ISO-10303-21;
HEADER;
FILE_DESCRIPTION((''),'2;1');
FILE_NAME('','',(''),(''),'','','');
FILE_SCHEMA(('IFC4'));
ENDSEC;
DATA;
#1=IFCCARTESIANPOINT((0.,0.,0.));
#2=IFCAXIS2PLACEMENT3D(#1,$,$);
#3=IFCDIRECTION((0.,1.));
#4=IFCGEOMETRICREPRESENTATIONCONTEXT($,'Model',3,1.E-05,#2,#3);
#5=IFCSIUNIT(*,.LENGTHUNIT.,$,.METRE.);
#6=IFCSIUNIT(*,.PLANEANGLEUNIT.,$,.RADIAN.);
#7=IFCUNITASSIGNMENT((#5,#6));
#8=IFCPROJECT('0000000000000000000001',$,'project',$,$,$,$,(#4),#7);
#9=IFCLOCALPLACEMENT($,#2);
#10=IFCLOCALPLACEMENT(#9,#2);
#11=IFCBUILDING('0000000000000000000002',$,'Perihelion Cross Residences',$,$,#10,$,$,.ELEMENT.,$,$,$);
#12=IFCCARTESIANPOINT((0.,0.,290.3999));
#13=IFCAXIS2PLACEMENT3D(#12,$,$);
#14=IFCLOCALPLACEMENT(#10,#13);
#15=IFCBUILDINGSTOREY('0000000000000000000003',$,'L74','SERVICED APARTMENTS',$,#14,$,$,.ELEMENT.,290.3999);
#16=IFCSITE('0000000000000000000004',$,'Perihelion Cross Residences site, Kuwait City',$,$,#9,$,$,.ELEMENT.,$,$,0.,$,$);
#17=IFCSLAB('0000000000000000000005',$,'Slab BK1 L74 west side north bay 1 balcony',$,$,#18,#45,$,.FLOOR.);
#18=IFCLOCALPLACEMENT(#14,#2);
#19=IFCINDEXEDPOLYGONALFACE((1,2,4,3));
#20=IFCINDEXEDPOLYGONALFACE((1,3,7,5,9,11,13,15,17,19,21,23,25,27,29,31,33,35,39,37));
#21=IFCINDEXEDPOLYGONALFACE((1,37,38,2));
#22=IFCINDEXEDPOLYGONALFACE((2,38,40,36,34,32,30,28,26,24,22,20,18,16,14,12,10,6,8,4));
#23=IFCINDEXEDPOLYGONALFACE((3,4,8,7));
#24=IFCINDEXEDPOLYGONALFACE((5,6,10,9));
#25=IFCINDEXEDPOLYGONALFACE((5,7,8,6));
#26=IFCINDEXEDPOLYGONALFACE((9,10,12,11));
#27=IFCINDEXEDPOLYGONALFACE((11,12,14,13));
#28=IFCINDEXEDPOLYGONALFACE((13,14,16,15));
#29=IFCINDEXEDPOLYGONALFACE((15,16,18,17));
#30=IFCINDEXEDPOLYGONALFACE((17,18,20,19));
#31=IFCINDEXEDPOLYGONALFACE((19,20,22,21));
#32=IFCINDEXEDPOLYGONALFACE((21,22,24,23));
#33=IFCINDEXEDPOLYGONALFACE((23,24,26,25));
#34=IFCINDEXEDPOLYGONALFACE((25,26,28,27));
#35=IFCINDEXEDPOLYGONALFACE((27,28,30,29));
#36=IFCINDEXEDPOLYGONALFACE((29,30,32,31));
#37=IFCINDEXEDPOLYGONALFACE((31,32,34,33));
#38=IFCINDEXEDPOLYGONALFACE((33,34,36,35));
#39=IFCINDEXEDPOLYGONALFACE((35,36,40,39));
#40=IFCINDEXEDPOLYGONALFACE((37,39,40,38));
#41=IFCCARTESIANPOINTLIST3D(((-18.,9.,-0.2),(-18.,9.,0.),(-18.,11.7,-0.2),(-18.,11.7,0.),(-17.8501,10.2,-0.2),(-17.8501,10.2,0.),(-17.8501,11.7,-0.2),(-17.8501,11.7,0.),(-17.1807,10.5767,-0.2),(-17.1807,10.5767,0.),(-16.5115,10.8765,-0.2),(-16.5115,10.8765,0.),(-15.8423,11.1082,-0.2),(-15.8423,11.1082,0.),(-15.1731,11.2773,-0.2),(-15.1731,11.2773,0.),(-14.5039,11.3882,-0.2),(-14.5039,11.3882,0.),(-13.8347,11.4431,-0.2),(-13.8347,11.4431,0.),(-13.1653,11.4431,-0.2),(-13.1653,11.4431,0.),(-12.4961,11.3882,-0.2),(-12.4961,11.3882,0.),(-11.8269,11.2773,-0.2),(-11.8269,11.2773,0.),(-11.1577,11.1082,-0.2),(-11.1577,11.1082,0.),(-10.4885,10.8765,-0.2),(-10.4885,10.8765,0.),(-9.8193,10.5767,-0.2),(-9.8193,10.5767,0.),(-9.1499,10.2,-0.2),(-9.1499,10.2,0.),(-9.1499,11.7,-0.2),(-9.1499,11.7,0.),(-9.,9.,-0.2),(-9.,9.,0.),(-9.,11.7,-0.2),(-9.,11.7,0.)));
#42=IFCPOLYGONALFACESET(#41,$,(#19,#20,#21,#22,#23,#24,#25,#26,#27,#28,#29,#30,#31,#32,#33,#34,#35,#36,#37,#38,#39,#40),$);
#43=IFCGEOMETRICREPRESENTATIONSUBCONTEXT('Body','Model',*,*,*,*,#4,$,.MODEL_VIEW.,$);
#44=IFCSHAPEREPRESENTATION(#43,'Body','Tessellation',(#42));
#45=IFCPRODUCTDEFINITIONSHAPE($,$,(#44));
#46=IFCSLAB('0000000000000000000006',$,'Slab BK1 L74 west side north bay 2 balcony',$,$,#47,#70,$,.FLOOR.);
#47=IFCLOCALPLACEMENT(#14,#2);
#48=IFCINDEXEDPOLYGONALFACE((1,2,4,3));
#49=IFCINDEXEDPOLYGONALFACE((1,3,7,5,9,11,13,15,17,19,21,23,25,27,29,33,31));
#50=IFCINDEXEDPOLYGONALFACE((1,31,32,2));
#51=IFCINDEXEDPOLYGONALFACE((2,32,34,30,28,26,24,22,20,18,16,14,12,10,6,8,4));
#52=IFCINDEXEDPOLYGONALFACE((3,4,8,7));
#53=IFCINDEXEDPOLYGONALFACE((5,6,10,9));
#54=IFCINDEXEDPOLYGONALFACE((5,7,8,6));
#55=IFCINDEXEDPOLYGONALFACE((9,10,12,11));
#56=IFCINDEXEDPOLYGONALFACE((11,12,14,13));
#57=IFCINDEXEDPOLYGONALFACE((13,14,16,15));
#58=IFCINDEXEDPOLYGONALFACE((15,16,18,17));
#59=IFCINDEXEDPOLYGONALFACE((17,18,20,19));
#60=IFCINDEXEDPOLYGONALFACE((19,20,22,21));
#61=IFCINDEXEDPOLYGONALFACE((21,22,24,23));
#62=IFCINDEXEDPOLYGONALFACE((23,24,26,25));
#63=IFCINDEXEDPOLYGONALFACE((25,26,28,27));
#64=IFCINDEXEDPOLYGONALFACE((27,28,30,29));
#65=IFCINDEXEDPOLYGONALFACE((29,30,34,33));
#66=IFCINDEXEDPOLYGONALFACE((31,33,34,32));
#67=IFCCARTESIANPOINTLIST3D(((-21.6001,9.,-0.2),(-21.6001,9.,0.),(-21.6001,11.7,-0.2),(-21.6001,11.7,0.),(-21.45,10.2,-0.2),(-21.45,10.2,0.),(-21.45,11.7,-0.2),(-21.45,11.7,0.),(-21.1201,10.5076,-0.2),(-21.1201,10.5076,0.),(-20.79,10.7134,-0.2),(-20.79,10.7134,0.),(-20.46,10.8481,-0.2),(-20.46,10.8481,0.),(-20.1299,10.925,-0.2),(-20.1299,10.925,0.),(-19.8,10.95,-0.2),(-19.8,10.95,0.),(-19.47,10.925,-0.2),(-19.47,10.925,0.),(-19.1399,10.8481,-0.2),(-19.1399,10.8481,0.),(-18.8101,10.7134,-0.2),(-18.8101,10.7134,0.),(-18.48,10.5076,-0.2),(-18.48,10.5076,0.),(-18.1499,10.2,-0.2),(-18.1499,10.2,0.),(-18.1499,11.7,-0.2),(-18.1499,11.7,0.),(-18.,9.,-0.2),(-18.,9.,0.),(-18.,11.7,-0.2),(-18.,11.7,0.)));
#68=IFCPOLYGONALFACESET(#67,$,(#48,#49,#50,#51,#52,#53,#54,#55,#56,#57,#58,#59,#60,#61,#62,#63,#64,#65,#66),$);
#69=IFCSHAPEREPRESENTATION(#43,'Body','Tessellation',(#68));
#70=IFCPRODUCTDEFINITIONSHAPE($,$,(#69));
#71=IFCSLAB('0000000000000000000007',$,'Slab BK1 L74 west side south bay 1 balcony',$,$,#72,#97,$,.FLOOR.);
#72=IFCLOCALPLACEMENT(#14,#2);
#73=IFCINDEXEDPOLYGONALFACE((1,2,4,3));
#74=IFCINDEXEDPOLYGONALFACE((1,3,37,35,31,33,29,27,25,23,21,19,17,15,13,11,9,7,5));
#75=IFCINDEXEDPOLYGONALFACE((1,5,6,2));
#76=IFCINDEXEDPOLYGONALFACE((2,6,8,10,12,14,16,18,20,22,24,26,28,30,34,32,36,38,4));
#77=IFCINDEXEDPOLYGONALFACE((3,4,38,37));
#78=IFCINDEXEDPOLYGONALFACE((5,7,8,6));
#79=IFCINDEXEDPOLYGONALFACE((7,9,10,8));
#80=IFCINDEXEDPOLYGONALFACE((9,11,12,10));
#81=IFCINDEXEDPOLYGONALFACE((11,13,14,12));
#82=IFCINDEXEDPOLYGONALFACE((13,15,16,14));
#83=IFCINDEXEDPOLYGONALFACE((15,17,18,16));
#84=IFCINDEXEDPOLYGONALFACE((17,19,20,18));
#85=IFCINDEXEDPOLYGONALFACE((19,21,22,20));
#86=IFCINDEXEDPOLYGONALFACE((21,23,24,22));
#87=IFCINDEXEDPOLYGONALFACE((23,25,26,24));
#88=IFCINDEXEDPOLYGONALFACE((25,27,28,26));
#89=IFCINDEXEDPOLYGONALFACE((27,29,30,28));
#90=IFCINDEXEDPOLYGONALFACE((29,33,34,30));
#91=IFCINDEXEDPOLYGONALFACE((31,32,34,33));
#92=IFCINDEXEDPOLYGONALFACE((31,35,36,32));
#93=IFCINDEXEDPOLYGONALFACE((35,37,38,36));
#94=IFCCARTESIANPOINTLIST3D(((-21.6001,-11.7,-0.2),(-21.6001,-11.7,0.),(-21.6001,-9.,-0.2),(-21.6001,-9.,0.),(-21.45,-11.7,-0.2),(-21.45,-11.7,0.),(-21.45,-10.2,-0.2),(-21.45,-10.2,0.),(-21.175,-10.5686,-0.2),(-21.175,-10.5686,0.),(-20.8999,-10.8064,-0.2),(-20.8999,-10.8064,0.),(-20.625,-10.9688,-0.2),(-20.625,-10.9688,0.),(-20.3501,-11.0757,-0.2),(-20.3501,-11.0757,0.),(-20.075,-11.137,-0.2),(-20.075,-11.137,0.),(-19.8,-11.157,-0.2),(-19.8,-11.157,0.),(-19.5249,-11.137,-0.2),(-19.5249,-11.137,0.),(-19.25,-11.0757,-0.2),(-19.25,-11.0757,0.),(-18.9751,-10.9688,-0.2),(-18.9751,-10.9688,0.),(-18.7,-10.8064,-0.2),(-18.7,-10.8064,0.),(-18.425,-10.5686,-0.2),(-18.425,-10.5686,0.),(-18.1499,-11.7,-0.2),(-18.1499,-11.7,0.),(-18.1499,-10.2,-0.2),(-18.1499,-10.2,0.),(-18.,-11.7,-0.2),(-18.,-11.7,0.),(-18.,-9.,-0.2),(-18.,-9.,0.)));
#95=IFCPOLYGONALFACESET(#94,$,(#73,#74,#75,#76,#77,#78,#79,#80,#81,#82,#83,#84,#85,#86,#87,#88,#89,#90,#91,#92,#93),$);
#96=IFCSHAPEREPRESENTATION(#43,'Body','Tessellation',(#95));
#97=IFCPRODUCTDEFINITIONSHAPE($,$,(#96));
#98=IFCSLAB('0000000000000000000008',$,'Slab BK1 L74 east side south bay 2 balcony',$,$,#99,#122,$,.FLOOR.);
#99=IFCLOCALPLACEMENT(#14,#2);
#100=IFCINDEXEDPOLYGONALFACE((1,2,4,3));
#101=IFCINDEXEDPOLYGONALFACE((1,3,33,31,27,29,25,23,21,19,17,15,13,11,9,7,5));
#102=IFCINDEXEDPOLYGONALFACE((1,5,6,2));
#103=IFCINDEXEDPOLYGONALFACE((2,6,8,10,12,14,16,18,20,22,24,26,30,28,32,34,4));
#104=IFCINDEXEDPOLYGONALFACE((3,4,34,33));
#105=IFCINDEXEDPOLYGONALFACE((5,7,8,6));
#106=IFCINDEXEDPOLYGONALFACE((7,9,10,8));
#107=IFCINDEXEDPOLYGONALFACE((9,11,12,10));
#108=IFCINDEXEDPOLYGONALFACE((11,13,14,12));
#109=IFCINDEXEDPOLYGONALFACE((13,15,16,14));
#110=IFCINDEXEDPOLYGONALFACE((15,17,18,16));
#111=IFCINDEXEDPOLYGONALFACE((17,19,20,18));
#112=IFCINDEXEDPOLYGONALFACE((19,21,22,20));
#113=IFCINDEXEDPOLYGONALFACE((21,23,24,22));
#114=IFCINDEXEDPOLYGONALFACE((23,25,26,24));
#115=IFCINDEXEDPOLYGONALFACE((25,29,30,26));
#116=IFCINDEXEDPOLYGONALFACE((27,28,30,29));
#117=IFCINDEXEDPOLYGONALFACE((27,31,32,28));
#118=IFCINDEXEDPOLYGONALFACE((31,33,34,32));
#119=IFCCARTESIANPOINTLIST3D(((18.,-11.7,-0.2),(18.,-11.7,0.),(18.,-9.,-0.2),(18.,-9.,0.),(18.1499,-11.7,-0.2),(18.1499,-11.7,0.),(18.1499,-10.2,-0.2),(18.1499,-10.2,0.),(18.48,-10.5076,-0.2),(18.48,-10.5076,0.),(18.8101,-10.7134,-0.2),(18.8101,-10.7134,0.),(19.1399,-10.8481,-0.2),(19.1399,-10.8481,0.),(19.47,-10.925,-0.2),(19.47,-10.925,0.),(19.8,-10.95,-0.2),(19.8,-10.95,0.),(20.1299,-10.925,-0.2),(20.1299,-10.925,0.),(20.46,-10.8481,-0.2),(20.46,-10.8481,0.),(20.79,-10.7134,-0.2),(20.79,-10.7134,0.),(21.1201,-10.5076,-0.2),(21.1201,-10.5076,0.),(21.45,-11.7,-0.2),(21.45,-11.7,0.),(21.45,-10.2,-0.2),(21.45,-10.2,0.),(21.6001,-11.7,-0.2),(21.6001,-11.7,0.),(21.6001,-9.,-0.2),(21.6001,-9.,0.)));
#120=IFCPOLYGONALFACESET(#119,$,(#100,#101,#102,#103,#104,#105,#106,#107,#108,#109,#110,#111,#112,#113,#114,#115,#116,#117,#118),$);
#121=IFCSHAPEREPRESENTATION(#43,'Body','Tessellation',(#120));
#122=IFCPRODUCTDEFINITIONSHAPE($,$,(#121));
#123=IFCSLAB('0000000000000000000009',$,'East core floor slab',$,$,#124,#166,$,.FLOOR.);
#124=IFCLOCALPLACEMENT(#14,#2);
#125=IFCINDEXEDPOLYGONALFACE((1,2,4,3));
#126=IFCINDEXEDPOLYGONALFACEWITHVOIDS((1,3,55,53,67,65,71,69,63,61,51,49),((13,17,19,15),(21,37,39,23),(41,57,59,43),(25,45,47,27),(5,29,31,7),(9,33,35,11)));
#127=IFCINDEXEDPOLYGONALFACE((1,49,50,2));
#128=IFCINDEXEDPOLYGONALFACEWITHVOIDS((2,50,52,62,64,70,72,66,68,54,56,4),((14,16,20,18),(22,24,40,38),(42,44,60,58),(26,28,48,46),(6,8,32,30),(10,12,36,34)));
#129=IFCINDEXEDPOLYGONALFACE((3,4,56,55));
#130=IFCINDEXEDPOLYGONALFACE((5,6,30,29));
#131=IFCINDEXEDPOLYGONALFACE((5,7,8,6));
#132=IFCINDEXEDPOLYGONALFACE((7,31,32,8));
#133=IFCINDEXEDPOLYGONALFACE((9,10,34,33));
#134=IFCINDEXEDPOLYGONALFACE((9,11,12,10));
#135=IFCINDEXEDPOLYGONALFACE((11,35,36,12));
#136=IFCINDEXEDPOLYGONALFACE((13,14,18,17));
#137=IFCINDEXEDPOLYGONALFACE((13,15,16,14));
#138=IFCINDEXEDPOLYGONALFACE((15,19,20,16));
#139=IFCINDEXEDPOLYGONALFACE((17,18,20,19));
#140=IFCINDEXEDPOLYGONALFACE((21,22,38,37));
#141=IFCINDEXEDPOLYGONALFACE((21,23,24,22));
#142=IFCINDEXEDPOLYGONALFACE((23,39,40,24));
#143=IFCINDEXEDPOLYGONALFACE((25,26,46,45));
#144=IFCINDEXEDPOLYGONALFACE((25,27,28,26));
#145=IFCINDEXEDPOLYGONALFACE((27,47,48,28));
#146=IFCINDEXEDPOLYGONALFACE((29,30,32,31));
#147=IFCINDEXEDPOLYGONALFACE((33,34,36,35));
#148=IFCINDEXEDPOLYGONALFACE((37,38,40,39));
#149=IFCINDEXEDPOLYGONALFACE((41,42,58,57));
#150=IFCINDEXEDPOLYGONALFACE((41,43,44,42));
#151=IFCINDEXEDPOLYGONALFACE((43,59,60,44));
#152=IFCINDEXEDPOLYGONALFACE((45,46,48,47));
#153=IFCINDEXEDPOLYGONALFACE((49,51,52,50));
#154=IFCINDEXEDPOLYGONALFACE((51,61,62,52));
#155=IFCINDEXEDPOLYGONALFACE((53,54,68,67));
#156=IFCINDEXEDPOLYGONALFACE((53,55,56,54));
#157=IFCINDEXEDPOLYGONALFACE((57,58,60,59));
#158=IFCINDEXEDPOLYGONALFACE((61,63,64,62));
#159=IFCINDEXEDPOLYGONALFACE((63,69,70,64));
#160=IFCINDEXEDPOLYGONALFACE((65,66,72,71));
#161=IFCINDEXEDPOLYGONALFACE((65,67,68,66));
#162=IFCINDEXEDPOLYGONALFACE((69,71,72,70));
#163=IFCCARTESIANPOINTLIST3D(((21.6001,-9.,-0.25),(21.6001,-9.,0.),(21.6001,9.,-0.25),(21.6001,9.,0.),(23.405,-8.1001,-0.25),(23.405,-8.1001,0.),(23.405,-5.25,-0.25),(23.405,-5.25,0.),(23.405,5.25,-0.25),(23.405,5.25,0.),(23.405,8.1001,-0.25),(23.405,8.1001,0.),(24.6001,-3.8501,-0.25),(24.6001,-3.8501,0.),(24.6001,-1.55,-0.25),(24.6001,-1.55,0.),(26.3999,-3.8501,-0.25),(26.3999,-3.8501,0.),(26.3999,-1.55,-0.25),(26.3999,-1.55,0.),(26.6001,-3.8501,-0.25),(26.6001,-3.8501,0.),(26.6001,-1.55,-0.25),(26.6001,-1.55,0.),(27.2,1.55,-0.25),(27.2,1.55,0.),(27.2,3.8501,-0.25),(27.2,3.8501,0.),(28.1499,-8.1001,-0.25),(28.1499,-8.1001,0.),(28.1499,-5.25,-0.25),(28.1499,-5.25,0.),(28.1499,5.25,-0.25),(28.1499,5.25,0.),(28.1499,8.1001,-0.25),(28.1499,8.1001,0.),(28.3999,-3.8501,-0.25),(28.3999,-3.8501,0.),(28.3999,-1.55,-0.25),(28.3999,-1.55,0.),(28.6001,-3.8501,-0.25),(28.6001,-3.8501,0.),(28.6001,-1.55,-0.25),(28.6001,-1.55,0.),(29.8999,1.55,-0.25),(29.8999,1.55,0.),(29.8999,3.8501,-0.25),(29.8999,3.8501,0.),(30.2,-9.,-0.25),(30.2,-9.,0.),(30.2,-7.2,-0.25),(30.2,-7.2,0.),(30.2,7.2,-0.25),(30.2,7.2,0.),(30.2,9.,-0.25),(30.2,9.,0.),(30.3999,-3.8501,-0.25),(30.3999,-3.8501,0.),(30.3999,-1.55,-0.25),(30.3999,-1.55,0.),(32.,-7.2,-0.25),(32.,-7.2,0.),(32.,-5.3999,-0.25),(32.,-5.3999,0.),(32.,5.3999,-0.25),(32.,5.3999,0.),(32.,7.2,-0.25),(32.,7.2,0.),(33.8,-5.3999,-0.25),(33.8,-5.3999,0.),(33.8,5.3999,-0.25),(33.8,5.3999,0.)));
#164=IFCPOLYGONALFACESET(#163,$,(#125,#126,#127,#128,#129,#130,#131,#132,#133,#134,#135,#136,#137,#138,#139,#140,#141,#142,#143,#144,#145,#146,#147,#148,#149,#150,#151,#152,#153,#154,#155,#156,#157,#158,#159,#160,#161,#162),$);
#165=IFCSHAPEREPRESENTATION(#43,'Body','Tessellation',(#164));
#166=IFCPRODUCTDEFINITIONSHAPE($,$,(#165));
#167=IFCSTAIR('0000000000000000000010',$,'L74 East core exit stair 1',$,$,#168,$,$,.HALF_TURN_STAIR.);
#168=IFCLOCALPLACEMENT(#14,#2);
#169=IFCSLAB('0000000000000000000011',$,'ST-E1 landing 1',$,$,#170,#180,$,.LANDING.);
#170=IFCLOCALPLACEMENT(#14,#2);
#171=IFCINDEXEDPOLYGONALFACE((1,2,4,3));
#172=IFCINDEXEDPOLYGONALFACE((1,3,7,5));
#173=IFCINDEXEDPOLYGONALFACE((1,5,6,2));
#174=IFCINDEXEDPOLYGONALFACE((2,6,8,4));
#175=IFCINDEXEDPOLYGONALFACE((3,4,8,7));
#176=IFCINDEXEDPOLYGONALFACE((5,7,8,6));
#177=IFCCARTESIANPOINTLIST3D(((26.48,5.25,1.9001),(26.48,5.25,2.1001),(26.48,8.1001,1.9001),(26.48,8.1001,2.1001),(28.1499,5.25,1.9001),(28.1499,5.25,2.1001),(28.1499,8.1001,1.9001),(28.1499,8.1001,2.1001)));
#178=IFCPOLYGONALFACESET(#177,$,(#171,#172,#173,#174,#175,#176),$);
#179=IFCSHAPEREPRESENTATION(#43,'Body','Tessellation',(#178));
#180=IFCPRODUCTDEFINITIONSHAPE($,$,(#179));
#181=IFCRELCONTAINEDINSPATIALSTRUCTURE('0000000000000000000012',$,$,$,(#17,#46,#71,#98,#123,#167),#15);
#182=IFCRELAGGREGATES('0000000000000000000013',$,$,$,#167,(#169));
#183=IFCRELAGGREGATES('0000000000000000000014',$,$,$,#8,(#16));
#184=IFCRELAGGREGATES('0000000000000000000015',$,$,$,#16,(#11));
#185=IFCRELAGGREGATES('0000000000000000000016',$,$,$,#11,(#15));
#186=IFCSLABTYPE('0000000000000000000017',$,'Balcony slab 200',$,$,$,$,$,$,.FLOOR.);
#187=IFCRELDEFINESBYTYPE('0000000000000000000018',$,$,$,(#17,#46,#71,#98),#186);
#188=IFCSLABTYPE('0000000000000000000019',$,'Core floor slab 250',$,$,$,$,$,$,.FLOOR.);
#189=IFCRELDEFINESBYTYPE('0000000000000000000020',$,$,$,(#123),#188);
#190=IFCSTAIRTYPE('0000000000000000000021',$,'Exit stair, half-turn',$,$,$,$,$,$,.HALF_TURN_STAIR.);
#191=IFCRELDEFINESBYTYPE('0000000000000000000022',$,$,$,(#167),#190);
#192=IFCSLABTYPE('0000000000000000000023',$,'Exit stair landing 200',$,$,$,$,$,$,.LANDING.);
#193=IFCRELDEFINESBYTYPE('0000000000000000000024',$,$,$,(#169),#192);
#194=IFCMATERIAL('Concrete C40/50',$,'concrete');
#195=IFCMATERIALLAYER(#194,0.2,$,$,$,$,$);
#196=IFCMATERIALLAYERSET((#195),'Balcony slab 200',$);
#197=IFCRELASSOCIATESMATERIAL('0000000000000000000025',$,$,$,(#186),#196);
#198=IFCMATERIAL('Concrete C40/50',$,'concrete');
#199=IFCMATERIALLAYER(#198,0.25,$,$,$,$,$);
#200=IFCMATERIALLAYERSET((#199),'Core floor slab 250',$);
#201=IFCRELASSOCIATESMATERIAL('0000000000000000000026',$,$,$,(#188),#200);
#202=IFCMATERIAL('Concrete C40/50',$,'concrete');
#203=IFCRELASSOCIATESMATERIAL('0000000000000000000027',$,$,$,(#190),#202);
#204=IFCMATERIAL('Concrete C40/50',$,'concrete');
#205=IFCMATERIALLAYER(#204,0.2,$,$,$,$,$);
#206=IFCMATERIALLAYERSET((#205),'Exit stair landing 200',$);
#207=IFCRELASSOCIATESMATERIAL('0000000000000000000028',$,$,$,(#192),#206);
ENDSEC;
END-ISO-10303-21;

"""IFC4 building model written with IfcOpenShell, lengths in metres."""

from ifc_helpers import new_model, si_unit, direction, frame, origin, place, context, subcontext, project, spatial, polyline, outline, extrude, material, layer, layer_set, type_object, element, aggregate, save


model = new_model("IFC4")

# Units and contexts
model_context = context("Model", 3, precision=1e-05, world=origin(), true_north=direction((0.0, 1.0)))
body_context = subcontext(model_context, "Body", "Model", "MODEL_VIEW")
ifc_project = project(units=[si_unit("LENGTHUNIT", "METRE"), si_unit("PLANEANGLEUNIT", "RADIAN")], contexts=[model_context])

# Site, building, storey
site_placement = place(None, origin())
site = spatial("IfcSite", under=ifc_project, at=site_placement, Name="Perihelion Cross Residences site, Kuwait City", CompositionType="ELEMENT", RefElevation=0.0)
building_placement = place(site_placement, origin())
building = spatial("IfcBuilding", under=site, at=building_placement, Name="Perihelion Cross Residences", CompositionType="ELEMENT")
storey_placement = place(building_placement, frame((0.0, 0.0, 290.3999)))
storey = spatial("IfcBuildingStorey", under=building, at=storey_placement, Name="L74", Description="SERVICED APARTMENTS", CompositionType="ELEMENT", Elevation=290.3999)

# Slabs
ifc_material_1 = material(Name="Concrete C40/50", Category="concrete")
ifc_layer_1 = layer(ifc_material_1, 0.2)
ifc_layer_set_1 = layer_set([ifc_layer_1], Name="Balcony slab 200")
slab_type_1 = type_object("IfcSlabType", Name="Balcony slab 200", PredefinedType="FLOOR", material=ifc_layer_set_1)
slab_1_placement = place(storey_placement, frame((0.0, 0.0, -0.2)))
element("IfcSlab", 1, at=slab_1_placement, inside=storey, type_object=slab_type_1, Name="Slab BK1 L74 west side north bay 1 balcony", PredefinedType="FLOOR", context=body_context, shape_type="SweptSolid", body=[
    extrude(outline(polyline([(-9.0, 9.0), (-18.0, 9.0), (-18.0, 11.7), (-17.8501, 11.7), (-17.8501, 10.2), (-17.1807, 10.5767), (-16.5115, 10.8765), (-15.8423, 11.1082), (-15.1731, 11.2773), (-14.5039, 11.3882), (-13.8347, 11.4431), (-13.1653, 11.4431), (-12.4961, 11.3882), (-11.8269, 11.2773), (-11.1577, 11.1082), (-10.4885, 10.8765), (-9.8193, 10.5767), (-9.1499, 10.2), (-9.1499, 11.7), (-9.0, 11.7), (-9.0, 9.0)])), origin(), (0.0, 0.0, 1.0), 0.2),
])
slab_2_placement = place(storey_placement, frame((0.0, 0.0, -0.2)))
element("IfcSlab", 2, at=slab_2_placement, inside=storey, type_object=slab_type_1, Name="Slab BK1 L74 west side north bay 2 balcony", PredefinedType="FLOOR", context=body_context, shape_type="SweptSolid", body=[
    extrude(outline(polyline([(-18.0, 9.0), (-21.6001, 9.0), (-21.6001, 11.7), (-21.45, 11.7), (-21.45, 10.2), (-21.1201, 10.5076), (-20.79, 10.7134), (-20.46, 10.8481), (-20.1299, 10.925), (-19.8, 10.95), (-19.47, 10.925), (-19.1399, 10.8481), (-18.8101, 10.7134), (-18.48, 10.5076), (-18.1499, 10.2), (-18.1499, 11.7), (-18.0, 11.7), (-18.0, 9.0)])), origin(), (0.0, 0.0, 1.0), 0.2),
])
slab_3_placement = place(storey_placement, frame((0.0, 0.0, -0.2)))
element("IfcSlab", 3, at=slab_3_placement, inside=storey, type_object=slab_type_1, Name="Slab BK1 L74 west side south bay 1 balcony", PredefinedType="FLOOR", context=body_context, shape_type="SweptSolid", body=[
    extrude(outline(polyline([(-21.6001, -9.0), (-18.0, -9.0), (-18.0, -11.7), (-18.1499, -11.7), (-18.1499, -10.2), (-18.425, -10.5686), (-18.7, -10.8064), (-18.9751, -10.9688), (-19.25, -11.0757), (-19.5249, -11.137), (-19.8, -11.157), (-20.075, -11.137), (-20.3501, -11.0757), (-20.625, -10.9688), (-20.8999, -10.8064), (-21.175, -10.5686), (-21.45, -10.2), (-21.45, -11.7), (-21.6001, -11.7), (-21.6001, -9.0)])), origin(), (0.0, 0.0, 1.0), 0.2),
])
slab_4_placement = place(storey_placement, frame((0.0, 0.0, -0.2)))
element("IfcSlab", 4, at=slab_4_placement, inside=storey, type_object=slab_type_1, Name="Slab BK1 L74 east side south bay 2 balcony", PredefinedType="FLOOR", context=body_context, shape_type="SweptSolid", body=[
    extrude(outline(polyline([(18.0, -9.0), (21.6001, -9.0), (21.6001, -11.7), (21.45, -11.7), (21.45, -10.2), (21.1201, -10.5076), (20.79, -10.7134), (20.46, -10.8481), (20.1299, -10.925), (19.8, -10.95), (19.47, -10.925), (19.1399, -10.8481), (18.8101, -10.7134), (18.48, -10.5076), (18.1499, -10.2), (18.1499, -11.7), (18.0, -11.7), (18.0, -9.0)])), origin(), (0.0, 0.0, 1.0), 0.2),
])
ifc_material_2 = material(Name="Concrete C40/50", Category="concrete")
ifc_layer_2 = layer(ifc_material_2, 0.25)
ifc_layer_set_2 = layer_set([ifc_layer_2], Name="Core floor slab 250")
slab_type_2 = type_object("IfcSlabType", Name="Core floor slab 250", PredefinedType="FLOOR", material=ifc_layer_set_2)
slab_5_placement = place(storey_placement, frame((0.0, 0.0, -0.25)))
element("IfcSlab", 5, at=slab_5_placement, inside=storey, type_object=slab_type_2, Name="East core floor slab", PredefinedType="FLOOR", context=body_context, shape_type="SweptSolid", body=[
    extrude(outline(polyline([(30.2, 7.2), (32.0, 7.2), (32.0, 5.3999), (33.8, 5.3999), (33.8, -5.3999), (32.0, -5.3999), (32.0, -7.2), (30.2, -7.2), (30.2, -9.0), (21.6001, -9.0), (21.6001, 9.0), (30.2, 9.0), (30.2, 7.2)]), holes=[polyline([(28.1499, -8.1001), (28.1499, -5.25), (23.405, -5.25), (23.405, -8.1001), (28.1499, -8.1001)]), polyline([(24.6001, -1.55), (24.6001, -3.8501), (26.3999, -3.8501), (26.3999, -1.55), (24.6001, -1.55)]), polyline([(26.6001, -1.55), (26.6001, -3.8501), (28.3999, -3.8501), (28.3999, -1.55), (26.6001, -1.55)]), polyline([(28.6001, -3.8501), (30.3999, -3.8501), (30.3999, -1.55), (28.6001, -1.55), (28.6001, -3.8501)]), polyline([(27.2, 3.8501), (27.2, 1.55), (29.8999, 1.55), (29.8999, 3.8501), (27.2, 3.8501)]), polyline([(23.405, 5.25), (28.1499, 5.25), (28.1499, 8.1001), (23.405, 8.1001), (23.405, 5.25)])]), origin(), (0.0, 0.0, 1.0), 0.25),
])

# Stair, slab
ifc_material_3 = material(Name="Concrete C40/50", Category="concrete")
stair_type = type_object("IfcStairType", Name="Exit stair, half-turn", PredefinedType="HALF_TURN_STAIR", material=ifc_material_3)
stair_1_placement = place(storey_placement, origin())
stair_1 = element("IfcStair", 6, at=stair_1_placement, inside=storey, type_object=stair_type, Name="L74 East core exit stair 1", PredefinedType="HALF_TURN_STAIR")
ifc_material_4 = material(Name="Concrete C40/50", Category="concrete")
ifc_layer_3 = layer(ifc_material_4, 0.2)
ifc_layer_set_3 = layer_set([ifc_layer_3], Name="Exit stair landing 200")
slab_type_3 = type_object("IfcSlabType", Name="Exit stair landing 200", PredefinedType="LANDING", material=ifc_layer_set_3)
slab_6_placement = place(storey_placement, frame((0.0, 0.0, 1.9001)))
slab_6 = element("IfcSlab", 7, at=slab_6_placement, type_object=slab_type_3, Name="ST-E1 landing 1", PredefinedType="LANDING", context=body_context, shape_type="SweptSolid", body=[
    extrude(outline(polyline([(26.48, 5.25), (28.1499, 5.25), (28.1499, 8.1001), (26.48, 8.1001), (26.48, 5.25)])), origin(), (0.0, 0.0, 1.0), 0.2),
])
aggregate(stair_1, [slab_6])

save(model, "model.ifc")
